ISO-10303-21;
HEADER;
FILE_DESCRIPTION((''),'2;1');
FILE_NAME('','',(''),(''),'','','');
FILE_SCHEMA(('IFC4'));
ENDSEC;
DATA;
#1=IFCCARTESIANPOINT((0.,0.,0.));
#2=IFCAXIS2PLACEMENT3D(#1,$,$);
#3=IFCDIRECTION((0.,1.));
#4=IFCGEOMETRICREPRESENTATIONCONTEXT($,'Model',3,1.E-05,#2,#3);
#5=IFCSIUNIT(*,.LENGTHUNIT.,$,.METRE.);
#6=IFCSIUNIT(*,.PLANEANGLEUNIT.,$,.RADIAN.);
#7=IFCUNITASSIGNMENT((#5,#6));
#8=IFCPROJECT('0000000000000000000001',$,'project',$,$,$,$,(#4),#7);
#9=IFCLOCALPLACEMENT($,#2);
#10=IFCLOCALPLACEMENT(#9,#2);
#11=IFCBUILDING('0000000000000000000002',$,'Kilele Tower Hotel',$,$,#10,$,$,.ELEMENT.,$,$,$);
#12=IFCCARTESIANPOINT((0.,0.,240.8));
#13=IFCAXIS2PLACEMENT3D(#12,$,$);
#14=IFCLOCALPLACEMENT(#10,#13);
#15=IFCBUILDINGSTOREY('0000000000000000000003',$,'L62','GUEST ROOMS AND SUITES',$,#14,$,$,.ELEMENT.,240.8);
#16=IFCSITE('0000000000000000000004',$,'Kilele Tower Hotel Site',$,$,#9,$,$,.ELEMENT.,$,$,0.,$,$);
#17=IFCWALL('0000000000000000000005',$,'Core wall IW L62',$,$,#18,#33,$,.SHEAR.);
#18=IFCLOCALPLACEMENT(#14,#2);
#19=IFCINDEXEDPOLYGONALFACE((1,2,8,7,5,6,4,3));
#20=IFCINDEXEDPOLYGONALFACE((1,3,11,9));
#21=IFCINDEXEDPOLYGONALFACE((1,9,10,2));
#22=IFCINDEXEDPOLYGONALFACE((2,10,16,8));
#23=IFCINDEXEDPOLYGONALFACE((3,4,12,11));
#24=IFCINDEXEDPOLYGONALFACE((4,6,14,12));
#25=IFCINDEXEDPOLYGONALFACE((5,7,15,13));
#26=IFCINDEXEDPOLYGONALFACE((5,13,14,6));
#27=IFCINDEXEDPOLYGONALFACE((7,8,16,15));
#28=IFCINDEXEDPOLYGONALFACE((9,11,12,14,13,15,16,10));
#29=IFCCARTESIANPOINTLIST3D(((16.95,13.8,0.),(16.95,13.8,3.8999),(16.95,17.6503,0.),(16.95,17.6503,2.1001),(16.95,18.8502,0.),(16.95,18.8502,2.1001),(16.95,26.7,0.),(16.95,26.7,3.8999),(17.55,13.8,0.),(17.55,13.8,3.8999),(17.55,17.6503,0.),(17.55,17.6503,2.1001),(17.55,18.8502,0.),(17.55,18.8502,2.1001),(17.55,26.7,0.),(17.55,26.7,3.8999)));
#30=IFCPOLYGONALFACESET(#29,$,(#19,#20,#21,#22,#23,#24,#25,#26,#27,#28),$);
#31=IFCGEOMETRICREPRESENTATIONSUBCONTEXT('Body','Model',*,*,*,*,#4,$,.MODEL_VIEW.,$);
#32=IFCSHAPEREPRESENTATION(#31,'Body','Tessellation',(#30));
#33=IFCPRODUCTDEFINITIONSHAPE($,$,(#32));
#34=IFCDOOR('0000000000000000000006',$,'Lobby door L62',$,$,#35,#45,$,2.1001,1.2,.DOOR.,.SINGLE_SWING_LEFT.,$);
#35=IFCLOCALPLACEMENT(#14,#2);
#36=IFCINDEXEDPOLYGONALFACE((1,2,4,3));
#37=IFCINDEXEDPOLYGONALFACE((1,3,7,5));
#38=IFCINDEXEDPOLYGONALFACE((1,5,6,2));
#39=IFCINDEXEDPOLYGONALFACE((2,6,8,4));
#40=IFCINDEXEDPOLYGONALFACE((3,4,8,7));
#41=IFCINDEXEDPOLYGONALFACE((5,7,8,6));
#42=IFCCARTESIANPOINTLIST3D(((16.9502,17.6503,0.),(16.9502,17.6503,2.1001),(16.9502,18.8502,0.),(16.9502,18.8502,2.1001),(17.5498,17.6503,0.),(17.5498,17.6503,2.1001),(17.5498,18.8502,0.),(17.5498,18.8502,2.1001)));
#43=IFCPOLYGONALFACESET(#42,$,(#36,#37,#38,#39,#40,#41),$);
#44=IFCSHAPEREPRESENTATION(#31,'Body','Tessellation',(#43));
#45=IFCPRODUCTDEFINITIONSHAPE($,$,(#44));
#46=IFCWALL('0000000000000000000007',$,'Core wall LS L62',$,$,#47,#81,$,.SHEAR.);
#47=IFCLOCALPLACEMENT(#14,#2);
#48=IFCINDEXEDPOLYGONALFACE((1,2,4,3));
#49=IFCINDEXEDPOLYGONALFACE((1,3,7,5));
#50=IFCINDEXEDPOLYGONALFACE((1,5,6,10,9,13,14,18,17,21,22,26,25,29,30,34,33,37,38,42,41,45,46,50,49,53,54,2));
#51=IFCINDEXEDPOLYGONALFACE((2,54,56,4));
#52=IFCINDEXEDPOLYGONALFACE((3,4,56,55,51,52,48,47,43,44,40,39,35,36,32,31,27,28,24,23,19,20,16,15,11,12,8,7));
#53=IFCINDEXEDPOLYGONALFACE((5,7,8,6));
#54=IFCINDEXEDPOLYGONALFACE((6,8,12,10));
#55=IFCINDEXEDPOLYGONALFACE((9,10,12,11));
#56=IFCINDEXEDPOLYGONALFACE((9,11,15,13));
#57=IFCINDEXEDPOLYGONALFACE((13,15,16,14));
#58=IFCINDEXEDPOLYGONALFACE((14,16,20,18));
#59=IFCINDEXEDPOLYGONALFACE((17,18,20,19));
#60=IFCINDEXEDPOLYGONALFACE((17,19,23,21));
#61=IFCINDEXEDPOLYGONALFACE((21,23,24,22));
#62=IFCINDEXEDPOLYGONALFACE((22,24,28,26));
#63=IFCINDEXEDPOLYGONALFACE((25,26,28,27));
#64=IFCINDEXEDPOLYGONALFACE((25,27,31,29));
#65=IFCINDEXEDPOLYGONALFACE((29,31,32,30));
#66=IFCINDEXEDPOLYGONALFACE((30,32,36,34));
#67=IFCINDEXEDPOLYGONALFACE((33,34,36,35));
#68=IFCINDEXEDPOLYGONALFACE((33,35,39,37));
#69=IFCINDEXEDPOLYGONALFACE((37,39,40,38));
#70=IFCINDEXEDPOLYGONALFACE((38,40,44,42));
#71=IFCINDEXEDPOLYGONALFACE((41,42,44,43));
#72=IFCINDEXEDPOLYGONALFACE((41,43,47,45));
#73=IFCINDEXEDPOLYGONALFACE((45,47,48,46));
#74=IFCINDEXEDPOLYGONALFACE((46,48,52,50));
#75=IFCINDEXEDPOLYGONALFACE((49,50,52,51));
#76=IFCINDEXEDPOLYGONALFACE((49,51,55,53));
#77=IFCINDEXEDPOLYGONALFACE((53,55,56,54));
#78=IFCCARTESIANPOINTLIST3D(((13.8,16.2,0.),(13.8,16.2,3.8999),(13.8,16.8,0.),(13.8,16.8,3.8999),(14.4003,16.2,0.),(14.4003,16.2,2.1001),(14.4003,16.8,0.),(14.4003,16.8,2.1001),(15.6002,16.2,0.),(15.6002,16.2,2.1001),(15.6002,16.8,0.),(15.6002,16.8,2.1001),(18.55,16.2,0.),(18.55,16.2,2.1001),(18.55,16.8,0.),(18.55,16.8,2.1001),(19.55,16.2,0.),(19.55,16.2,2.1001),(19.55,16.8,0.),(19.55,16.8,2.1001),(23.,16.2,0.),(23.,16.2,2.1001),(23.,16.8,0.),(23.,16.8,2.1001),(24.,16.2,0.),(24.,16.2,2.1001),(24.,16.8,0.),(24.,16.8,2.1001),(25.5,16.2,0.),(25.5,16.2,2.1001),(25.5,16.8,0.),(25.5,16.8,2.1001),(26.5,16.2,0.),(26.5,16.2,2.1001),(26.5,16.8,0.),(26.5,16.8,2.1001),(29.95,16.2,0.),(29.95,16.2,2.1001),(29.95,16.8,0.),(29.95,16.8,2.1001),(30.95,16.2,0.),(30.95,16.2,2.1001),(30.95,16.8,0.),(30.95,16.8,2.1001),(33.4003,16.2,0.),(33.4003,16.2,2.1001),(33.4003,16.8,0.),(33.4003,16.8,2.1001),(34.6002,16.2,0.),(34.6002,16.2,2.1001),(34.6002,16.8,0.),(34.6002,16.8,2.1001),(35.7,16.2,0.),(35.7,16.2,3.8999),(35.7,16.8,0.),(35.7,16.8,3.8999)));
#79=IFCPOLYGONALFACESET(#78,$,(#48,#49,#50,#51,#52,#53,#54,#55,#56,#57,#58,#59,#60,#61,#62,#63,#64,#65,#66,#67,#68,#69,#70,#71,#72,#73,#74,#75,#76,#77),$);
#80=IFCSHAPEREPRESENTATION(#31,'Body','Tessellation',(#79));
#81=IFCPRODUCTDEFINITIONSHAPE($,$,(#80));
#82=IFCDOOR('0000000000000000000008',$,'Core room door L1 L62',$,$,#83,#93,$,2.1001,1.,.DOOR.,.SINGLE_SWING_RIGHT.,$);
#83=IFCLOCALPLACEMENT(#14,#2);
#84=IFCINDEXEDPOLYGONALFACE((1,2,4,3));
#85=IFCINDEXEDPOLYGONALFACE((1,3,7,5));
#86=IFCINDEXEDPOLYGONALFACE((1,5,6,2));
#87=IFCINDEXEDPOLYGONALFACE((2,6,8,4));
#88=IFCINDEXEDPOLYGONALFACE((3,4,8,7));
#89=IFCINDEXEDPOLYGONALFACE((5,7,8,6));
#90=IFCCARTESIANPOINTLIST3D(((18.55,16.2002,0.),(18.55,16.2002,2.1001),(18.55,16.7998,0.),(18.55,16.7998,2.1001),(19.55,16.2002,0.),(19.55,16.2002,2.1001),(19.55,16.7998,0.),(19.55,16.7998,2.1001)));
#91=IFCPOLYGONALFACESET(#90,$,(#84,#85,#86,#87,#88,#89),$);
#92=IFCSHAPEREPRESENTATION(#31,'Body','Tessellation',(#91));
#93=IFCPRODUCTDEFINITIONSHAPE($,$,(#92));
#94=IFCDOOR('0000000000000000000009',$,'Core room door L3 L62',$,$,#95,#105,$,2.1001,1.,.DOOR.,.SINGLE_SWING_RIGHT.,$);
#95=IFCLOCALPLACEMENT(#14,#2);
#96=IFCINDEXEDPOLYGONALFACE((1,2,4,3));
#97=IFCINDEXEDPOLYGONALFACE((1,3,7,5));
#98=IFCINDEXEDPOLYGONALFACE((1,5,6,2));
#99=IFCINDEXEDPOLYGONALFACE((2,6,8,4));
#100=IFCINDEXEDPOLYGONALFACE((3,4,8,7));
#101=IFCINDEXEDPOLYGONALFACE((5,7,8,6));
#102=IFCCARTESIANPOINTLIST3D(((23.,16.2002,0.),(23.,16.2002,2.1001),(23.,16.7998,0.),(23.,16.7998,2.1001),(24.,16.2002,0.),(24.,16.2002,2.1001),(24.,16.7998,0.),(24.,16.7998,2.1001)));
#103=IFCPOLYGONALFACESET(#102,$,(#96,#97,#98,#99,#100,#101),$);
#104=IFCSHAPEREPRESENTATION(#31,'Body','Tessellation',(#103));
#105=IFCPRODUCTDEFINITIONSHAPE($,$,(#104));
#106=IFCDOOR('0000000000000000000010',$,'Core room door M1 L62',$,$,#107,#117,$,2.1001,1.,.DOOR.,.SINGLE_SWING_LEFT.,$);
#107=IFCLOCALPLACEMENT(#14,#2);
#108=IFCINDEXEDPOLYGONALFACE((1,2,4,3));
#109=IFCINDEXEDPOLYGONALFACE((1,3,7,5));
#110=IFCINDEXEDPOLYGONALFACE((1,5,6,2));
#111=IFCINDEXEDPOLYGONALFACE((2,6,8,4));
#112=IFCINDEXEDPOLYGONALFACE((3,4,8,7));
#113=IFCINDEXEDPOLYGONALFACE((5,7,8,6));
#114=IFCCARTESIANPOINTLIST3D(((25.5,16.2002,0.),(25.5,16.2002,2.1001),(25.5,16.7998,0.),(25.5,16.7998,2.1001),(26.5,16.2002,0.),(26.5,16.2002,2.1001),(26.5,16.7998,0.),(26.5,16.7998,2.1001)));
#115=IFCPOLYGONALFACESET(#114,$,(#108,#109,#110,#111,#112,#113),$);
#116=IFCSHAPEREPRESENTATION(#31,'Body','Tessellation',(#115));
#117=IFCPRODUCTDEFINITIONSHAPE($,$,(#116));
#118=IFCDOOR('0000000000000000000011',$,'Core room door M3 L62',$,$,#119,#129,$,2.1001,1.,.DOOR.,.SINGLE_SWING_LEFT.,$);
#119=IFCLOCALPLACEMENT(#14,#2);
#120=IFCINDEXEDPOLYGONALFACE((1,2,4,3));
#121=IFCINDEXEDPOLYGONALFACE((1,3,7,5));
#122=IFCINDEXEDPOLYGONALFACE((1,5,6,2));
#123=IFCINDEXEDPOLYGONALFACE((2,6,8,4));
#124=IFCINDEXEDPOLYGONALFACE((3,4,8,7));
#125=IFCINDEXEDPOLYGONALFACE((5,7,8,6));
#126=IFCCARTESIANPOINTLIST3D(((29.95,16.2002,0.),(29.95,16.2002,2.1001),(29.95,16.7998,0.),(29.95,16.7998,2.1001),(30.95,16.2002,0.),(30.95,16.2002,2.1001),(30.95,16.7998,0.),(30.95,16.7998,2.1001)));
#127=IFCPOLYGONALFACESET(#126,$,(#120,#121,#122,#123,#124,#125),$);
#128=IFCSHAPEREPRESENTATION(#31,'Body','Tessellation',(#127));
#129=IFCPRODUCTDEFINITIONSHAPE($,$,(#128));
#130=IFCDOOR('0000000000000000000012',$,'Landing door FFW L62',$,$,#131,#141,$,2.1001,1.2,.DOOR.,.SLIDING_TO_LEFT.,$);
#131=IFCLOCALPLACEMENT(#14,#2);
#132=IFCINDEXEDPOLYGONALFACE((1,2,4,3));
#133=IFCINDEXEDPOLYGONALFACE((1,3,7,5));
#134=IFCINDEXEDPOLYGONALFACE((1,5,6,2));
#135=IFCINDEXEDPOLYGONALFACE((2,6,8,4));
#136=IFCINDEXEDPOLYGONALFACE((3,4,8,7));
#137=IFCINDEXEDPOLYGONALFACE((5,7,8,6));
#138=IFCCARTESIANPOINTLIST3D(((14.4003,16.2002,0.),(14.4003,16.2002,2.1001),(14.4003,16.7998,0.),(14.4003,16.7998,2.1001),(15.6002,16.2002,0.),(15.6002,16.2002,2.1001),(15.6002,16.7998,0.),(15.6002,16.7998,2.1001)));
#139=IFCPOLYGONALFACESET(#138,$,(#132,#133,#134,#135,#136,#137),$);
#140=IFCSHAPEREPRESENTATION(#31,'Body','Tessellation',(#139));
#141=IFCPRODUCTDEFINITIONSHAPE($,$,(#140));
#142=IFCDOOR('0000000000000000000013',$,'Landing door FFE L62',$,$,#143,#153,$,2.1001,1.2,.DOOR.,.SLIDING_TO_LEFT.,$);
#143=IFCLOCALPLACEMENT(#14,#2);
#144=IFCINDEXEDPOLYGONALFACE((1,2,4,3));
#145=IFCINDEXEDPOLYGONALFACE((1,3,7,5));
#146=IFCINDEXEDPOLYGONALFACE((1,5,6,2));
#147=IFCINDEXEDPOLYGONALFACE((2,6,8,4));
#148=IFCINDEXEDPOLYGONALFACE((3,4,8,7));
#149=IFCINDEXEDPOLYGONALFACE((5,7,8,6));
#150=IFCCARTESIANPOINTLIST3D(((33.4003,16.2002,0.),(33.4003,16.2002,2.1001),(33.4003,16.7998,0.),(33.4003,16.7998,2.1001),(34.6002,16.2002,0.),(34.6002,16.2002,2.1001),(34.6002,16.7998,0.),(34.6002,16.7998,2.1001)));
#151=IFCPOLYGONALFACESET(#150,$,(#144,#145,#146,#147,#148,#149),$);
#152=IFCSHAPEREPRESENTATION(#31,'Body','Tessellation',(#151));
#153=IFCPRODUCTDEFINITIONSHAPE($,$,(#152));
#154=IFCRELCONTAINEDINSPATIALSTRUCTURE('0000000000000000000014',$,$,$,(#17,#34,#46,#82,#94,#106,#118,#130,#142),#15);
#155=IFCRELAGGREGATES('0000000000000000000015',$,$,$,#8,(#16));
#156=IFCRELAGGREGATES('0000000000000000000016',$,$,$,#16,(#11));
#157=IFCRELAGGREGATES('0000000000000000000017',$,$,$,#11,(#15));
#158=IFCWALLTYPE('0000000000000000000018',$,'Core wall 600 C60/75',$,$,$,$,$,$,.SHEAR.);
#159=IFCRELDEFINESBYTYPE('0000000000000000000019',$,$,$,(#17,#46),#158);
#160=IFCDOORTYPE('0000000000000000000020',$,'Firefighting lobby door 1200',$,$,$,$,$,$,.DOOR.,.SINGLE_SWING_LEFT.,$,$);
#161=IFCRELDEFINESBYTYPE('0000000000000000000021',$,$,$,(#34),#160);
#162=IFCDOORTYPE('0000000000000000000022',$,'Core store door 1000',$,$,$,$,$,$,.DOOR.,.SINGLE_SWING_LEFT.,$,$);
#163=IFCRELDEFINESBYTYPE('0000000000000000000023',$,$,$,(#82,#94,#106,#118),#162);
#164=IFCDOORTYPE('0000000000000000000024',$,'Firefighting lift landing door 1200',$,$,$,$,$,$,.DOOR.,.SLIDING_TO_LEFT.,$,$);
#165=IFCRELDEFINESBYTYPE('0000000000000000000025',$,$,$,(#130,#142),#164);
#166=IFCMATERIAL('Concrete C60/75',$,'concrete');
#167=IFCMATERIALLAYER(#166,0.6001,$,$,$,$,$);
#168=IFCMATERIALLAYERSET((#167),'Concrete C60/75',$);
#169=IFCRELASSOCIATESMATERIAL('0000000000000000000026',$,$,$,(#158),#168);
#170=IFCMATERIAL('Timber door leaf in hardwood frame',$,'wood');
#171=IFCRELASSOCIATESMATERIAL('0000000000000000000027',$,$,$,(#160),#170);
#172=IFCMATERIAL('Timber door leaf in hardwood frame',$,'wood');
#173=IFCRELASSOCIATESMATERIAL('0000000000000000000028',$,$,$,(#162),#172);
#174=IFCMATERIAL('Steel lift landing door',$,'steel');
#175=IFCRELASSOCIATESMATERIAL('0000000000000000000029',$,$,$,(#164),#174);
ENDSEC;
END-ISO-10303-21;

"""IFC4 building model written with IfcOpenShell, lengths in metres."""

from ifc_helpers import new_model, si_unit, direction, frame, frame_2d, origin, place, context, subcontext, project, spatial, rectangle, extrude, material, layer, layer_set, type_object, element, fill, save


model = new_model("IFC4")

# Units and contexts
model_context = context("Model", 3, precision=1e-05, world=origin(), true_north=direction((0.0, 1.0)))
body_context = subcontext(model_context, "Body", "Model", "MODEL_VIEW")
ifc_project = project(units=[si_unit("LENGTHUNIT", "METRE"), si_unit("PLANEANGLEUNIT", "RADIAN")], contexts=[model_context])

# Site, building, storey
site_placement = place(None, origin())
site = spatial("IfcSite", under=ifc_project, at=site_placement, Name="Kilele Tower Hotel Site", CompositionType="ELEMENT", RefElevation=0.0)
building_placement = place(site_placement, origin())
building = spatial("IfcBuilding", under=site, at=building_placement, Name="Kilele Tower Hotel", CompositionType="ELEMENT")
storey_placement = place(building_placement, frame((0.0, 0.0, 240.8)))
storey = spatial("IfcBuildingStorey", under=building, at=storey_placement, Name="L62", Description="GUEST ROOMS AND SUITES", CompositionType="ELEMENT", Elevation=240.8)

# Wall, opening, door
ifc_material_1 = material(Name="Concrete C60/75", Category="concrete")
ifc_layer_1 = layer(ifc_material_1, 0.6001)
ifc_layer_set_1 = layer_set([ifc_layer_1], Name="Concrete C60/75")
wall_type_1 = type_object("IfcWallType", Name="Core wall 600 C60/75", PredefinedType="SHEAR", material=ifc_layer_set_1)
wall_1_placement = place(storey_placement, frame((17.25, 13.8, 0.0), z_axis=(0.0, 0.0, 1.0), x_axis=(0.0, 1.0, 0.0)))
wall_1 = element("IfcWall", 1, at=wall_1_placement, inside=storey, type_object=wall_type_1, Name="Core wall IW L62", PredefinedType="SHEAR", context=body_context, shape_type="SweptSolid", body=[
    extrude(rectangle(XDim=12.8999, YDim=0.6001, at=frame_2d((6.45, 0.0))), origin(), (0.0, 0.0, 1.0), 3.8999),
])
opening_1_placement = place(wall_1_placement, frame((3.8501, 0.0, 0.0)))
opening_1 = element("IfcOpeningElement", 2, at=opening_1_placement, cuts=wall_1, PredefinedType="OPENING", context=body_context, shape_type="SweptSolid", body=[
    extrude(rectangle(XDim=1.2, YDim=2.1001, at=frame_2d((0.6001, 1.05))), frame((0.0, 0.3101, 0.0), z_axis=(0.0, -1.0, 0.0), x_axis=(1.0, 0.0, 0.0)), (0.0, 0.0, 1.0), 0.6201),
])
ifc_material_2 = material(Name="Timber door leaf in hardwood frame", Category="wood")
door_type_1 = type_object("IfcDoorType", Name="Firefighting lobby door 1200", OperationType="SINGLE_SWING_LEFT", PredefinedType="DOOR", material=ifc_material_2)
door_1_placement = place(opening_1_placement, origin())
door_1 = element("IfcDoor", 3, at=door_1_placement, inside=storey, type_object=door_type_1, Name="Lobby door L62", OperationType="SINGLE_SWING_LEFT", OverallHeight=2.1001, OverallWidth=1.2, PredefinedType="DOOR", context=body_context, shape_type="SweptSolid", body=[
    extrude(rectangle(XDim=1.2, YDim=2.1001, at=frame_2d((0.6001, 1.05))), frame((0.0, 0.2998, 0.0), z_axis=(0.0, -1.0, 0.0), x_axis=(1.0, 0.0, 0.0)), (0.0, 0.0, 1.0), 0.5996),
])
fill(opening_1, door_1)

# Wall, openings, doors
wall_2_placement = place(storey_placement, frame((13.8, 16.5, 0.0), z_axis=(0.0, 0.0, 1.0), x_axis=(1.0, 0.0, 0.0)))
wall_2 = element("IfcWall", 4, at=wall_2_placement, inside=storey, type_object=wall_type_1, Name="Core wall LS L62", PredefinedType="SHEAR", context=body_context, shape_type="SweptSolid", body=[
    extrude(rectangle(XDim=21.8999, YDim=0.6001, at=frame_2d((10.95, 0.0))), origin(), (0.0, 0.0, 1.0), 3.8999),
])
opening_2_placement = place(wall_2_placement, frame((5.75, 0.0, 0.0), z_axis=(0.0, 0.0, 1.0), x_axis=(-1.0, 0.0, 0.0)))
opening_2 = element("IfcOpeningElement", 5, at=opening_2_placement, cuts=wall_2, PredefinedType="OPENING", context=body_context, shape_type="SweptSolid", body=[
    extrude(rectangle(XDim=1.0, YDim=2.1001, at=frame_2d((0.5, 1.05))), frame((0.0, 0.3101, 0.0), z_axis=(0.0, -1.0, 0.0), x_axis=(1.0, 0.0, 0.0)), (0.0, 0.0, 1.0), 0.6201),
])
opening_3_placement = place(wall_2_placement, frame((10.2, 0.0, 0.0), z_axis=(0.0, 0.0, 1.0), x_axis=(-1.0, 0.0, 0.0)))
opening_3 = element("IfcOpeningElement", 6, at=opening_3_placement, cuts=wall_2, PredefinedType="OPENING", context=body_context, shape_type="SweptSolid", body=[
    extrude(rectangle(XDim=1.0, YDim=2.1001, at=frame_2d((0.5, 1.05))), frame((0.0, 0.3101, 0.0), z_axis=(0.0, -1.0, 0.0), x_axis=(1.0, 0.0, 0.0)), (0.0, 0.0, 1.0), 0.6201),
])
opening_4_placement = place(wall_2_placement, frame((12.7, 0.0, 0.0), z_axis=(0.0, 0.0, 1.0), x_axis=(-1.0, 0.0, 0.0)))
opening_4 = element("IfcOpeningElement", 7, at=opening_4_placement, cuts=wall_2, PredefinedType="OPENING", context=body_context, shape_type="SweptSolid", body=[
    extrude(rectangle(XDim=1.0, YDim=2.1001, at=frame_2d((0.5, 1.05))), frame((0.0, 0.3101, 0.0), z_axis=(0.0, -1.0, 0.0), x_axis=(1.0, 0.0, 0.0)), (0.0, 0.0, 1.0), 0.6201),
])
opening_5_placement = place(wall_2_placement, frame((17.1499, 0.0, 0.0), z_axis=(0.0, 0.0, 1.0), x_axis=(-1.0, 0.0, 0.0)))
opening_5 = element("IfcOpeningElement", 8, at=opening_5_placement, cuts=wall_2, PredefinedType="OPENING", context=body_context, shape_type="SweptSolid", body=[
    extrude(rectangle(XDim=1.0, YDim=2.1001, at=frame_2d((0.5, 1.05))), frame((0.0, 0.3101, 0.0), z_axis=(0.0, -1.0, 0.0), x_axis=(1.0, 0.0, 0.0)), (0.0, 0.0, 1.0), 0.6201),
])
opening_6_placement = place(wall_2_placement, frame((0.6001, 0.0, 0.0)))
opening_6 = element("IfcOpeningElement", 9, at=opening_6_placement, cuts=wall_2, PredefinedType="OPENING", context=body_context, shape_type="SweptSolid", body=[
    extrude(rectangle(XDim=1.2, YDim=2.1001, at=frame_2d((0.6001, 1.05))), frame((0.0, 0.3101, 0.0), z_axis=(0.0, -1.0, 0.0), x_axis=(1.0, 0.0, 0.0)), (0.0, 0.0, 1.0), 0.6201),
])
opening_7_placement = place(wall_2_placement, frame((19.6001, 0.0, 0.0)))
opening_7 = element("IfcOpeningElement", 10, at=opening_7_placement, cuts=wall_2, PredefinedType="OPENING", context=body_context, shape_type="SweptSolid", body=[
    extrude(rectangle(XDim=1.2, YDim=2.1001, at=frame_2d((0.6001, 1.05))), frame((0.0, 0.3101, 0.0), z_axis=(0.0, -1.0, 0.0), x_axis=(1.0, 0.0, 0.0)), (0.0, 0.0, 1.0), 0.6201),
])
ifc_material_3 = material(Name="Timber door leaf in hardwood frame", Category="wood")
door_type_2 = type_object("IfcDoorType", Name="Core store door 1000", OperationType="SINGLE_SWING_LEFT", PredefinedType="DOOR", material=ifc_material_3)
door_2_placement = place(opening_2_placement, origin())
door_2 = element("IfcDoor", 11, at=door_2_placement, inside=storey, type_object=door_type_2, Name="Core room door L1 L62", OperationType="SINGLE_SWING_RIGHT", OverallHeight=2.1001, OverallWidth=1.0, PredefinedType="DOOR", context=body_context, shape_type="SweptSolid", body=[
    extrude(rectangle(XDim=1.0, YDim=2.1001, at=frame_2d((0.5, 1.05))), frame((0.0, 0.2998, 0.0), z_axis=(0.0, -1.0, 0.0), x_axis=(1.0, 0.0, 0.0)), (0.0, 0.0, 1.0), 0.5996),
])
fill(opening_2, door_2)
door_3_placement = place(opening_3_placement, origin())
door_3 = element("IfcDoor", 12, at=door_3_placement, inside=storey, type_object=door_type_2, Name="Core room door L3 L62", OperationType="SINGLE_SWING_RIGHT", OverallHeight=2.1001, OverallWidth=1.0, PredefinedType="DOOR", context=body_context, shape_type="SweptSolid", body=[
    extrude(rectangle(XDim=1.0, YDim=2.1001, at=frame_2d((0.5, 1.05))), frame((0.0, 0.2998, 0.0), z_axis=(0.0, -1.0, 0.0), x_axis=(1.0, 0.0, 0.0)), (0.0, 0.0, 1.0), 0.5996),
])
fill(opening_3, door_3)
door_4_placement = place(opening_4_placement, origin())
door_4 = element("IfcDoor", 13, at=door_4_placement, inside=storey, type_object=door_type_2, Name="Core room door M1 L62", OperationType="SINGLE_SWING_LEFT", OverallHeight=2.1001, OverallWidth=1.0, PredefinedType="DOOR", context=body_context, shape_type="SweptSolid", body=[
    extrude(rectangle(XDim=1.0, YDim=2.1001, at=frame_2d((0.5, 1.05))), frame((0.0, 0.2998, 0.0), z_axis=(0.0, -1.0, 0.0), x_axis=(1.0, 0.0, 0.0)), (0.0, 0.0, 1.0), 0.5996),
])
fill(opening_4, door_4)
door_5_placement = place(opening_5_placement, origin())
door_5 = element("IfcDoor", 14, at=door_5_placement, inside=storey, type_object=door_type_2, Name="Core room door M3 L62", OperationType="SINGLE_SWING_LEFT", OverallHeight=2.1001, OverallWidth=1.0, PredefinedType="DOOR", context=body_context, shape_type="SweptSolid", body=[
    extrude(rectangle(XDim=1.0, YDim=2.1001, at=frame_2d((0.5, 1.05))), frame((0.0, 0.2998, 0.0), z_axis=(0.0, -1.0, 0.0), x_axis=(1.0, 0.0, 0.0)), (0.0, 0.0, 1.0), 0.5996),
])
fill(opening_5, door_5)
ifc_material_4 = material(Name="Steel lift landing door", Category="steel")
door_type_3 = type_object("IfcDoorType", Name="Firefighting lift landing door 1200", OperationType="SLIDING_TO_LEFT", PredefinedType="DOOR", material=ifc_material_4)
door_6_placement = place(opening_6_placement, origin())
door_6 = element("IfcDoor", 15, at=door_6_placement, inside=storey, type_object=door_type_3, Name="Landing door FFW L62", OperationType="SLIDING_TO_LEFT", OverallHeight=2.1001, OverallWidth=1.2, PredefinedType="DOOR", context=body_context, shape_type="SweptSolid", body=[
    extrude(rectangle(XDim=1.2, YDim=2.1001, at=frame_2d((0.6001, 1.05))), frame((0.0, 0.2998, 0.0), z_axis=(0.0, -1.0, 0.0), x_axis=(1.0, 0.0, 0.0)), (0.0, 0.0, 1.0), 0.5996),
])
fill(opening_6, door_6)
door_7_placement = place(opening_7_placement, origin())
door_7 = element("IfcDoor", 16, at=door_7_placement, inside=storey, type_object=door_type_3, Name="Landing door FFE L62", OperationType="SLIDING_TO_LEFT", OverallHeight=2.1001, OverallWidth=1.2, PredefinedType="DOOR", context=body_context, shape_type="SweptSolid", body=[
    extrude(rectangle(XDim=1.2, YDim=2.1001, at=frame_2d((0.6001, 1.05))), frame((0.0, 0.2998, 0.0), z_axis=(0.0, -1.0, 0.0), x_axis=(1.0, 0.0, 0.0)), (0.0, 0.0, 1.0), 0.5996),
])
fill(opening_7, door_7)

save(model, "model.ifc")
